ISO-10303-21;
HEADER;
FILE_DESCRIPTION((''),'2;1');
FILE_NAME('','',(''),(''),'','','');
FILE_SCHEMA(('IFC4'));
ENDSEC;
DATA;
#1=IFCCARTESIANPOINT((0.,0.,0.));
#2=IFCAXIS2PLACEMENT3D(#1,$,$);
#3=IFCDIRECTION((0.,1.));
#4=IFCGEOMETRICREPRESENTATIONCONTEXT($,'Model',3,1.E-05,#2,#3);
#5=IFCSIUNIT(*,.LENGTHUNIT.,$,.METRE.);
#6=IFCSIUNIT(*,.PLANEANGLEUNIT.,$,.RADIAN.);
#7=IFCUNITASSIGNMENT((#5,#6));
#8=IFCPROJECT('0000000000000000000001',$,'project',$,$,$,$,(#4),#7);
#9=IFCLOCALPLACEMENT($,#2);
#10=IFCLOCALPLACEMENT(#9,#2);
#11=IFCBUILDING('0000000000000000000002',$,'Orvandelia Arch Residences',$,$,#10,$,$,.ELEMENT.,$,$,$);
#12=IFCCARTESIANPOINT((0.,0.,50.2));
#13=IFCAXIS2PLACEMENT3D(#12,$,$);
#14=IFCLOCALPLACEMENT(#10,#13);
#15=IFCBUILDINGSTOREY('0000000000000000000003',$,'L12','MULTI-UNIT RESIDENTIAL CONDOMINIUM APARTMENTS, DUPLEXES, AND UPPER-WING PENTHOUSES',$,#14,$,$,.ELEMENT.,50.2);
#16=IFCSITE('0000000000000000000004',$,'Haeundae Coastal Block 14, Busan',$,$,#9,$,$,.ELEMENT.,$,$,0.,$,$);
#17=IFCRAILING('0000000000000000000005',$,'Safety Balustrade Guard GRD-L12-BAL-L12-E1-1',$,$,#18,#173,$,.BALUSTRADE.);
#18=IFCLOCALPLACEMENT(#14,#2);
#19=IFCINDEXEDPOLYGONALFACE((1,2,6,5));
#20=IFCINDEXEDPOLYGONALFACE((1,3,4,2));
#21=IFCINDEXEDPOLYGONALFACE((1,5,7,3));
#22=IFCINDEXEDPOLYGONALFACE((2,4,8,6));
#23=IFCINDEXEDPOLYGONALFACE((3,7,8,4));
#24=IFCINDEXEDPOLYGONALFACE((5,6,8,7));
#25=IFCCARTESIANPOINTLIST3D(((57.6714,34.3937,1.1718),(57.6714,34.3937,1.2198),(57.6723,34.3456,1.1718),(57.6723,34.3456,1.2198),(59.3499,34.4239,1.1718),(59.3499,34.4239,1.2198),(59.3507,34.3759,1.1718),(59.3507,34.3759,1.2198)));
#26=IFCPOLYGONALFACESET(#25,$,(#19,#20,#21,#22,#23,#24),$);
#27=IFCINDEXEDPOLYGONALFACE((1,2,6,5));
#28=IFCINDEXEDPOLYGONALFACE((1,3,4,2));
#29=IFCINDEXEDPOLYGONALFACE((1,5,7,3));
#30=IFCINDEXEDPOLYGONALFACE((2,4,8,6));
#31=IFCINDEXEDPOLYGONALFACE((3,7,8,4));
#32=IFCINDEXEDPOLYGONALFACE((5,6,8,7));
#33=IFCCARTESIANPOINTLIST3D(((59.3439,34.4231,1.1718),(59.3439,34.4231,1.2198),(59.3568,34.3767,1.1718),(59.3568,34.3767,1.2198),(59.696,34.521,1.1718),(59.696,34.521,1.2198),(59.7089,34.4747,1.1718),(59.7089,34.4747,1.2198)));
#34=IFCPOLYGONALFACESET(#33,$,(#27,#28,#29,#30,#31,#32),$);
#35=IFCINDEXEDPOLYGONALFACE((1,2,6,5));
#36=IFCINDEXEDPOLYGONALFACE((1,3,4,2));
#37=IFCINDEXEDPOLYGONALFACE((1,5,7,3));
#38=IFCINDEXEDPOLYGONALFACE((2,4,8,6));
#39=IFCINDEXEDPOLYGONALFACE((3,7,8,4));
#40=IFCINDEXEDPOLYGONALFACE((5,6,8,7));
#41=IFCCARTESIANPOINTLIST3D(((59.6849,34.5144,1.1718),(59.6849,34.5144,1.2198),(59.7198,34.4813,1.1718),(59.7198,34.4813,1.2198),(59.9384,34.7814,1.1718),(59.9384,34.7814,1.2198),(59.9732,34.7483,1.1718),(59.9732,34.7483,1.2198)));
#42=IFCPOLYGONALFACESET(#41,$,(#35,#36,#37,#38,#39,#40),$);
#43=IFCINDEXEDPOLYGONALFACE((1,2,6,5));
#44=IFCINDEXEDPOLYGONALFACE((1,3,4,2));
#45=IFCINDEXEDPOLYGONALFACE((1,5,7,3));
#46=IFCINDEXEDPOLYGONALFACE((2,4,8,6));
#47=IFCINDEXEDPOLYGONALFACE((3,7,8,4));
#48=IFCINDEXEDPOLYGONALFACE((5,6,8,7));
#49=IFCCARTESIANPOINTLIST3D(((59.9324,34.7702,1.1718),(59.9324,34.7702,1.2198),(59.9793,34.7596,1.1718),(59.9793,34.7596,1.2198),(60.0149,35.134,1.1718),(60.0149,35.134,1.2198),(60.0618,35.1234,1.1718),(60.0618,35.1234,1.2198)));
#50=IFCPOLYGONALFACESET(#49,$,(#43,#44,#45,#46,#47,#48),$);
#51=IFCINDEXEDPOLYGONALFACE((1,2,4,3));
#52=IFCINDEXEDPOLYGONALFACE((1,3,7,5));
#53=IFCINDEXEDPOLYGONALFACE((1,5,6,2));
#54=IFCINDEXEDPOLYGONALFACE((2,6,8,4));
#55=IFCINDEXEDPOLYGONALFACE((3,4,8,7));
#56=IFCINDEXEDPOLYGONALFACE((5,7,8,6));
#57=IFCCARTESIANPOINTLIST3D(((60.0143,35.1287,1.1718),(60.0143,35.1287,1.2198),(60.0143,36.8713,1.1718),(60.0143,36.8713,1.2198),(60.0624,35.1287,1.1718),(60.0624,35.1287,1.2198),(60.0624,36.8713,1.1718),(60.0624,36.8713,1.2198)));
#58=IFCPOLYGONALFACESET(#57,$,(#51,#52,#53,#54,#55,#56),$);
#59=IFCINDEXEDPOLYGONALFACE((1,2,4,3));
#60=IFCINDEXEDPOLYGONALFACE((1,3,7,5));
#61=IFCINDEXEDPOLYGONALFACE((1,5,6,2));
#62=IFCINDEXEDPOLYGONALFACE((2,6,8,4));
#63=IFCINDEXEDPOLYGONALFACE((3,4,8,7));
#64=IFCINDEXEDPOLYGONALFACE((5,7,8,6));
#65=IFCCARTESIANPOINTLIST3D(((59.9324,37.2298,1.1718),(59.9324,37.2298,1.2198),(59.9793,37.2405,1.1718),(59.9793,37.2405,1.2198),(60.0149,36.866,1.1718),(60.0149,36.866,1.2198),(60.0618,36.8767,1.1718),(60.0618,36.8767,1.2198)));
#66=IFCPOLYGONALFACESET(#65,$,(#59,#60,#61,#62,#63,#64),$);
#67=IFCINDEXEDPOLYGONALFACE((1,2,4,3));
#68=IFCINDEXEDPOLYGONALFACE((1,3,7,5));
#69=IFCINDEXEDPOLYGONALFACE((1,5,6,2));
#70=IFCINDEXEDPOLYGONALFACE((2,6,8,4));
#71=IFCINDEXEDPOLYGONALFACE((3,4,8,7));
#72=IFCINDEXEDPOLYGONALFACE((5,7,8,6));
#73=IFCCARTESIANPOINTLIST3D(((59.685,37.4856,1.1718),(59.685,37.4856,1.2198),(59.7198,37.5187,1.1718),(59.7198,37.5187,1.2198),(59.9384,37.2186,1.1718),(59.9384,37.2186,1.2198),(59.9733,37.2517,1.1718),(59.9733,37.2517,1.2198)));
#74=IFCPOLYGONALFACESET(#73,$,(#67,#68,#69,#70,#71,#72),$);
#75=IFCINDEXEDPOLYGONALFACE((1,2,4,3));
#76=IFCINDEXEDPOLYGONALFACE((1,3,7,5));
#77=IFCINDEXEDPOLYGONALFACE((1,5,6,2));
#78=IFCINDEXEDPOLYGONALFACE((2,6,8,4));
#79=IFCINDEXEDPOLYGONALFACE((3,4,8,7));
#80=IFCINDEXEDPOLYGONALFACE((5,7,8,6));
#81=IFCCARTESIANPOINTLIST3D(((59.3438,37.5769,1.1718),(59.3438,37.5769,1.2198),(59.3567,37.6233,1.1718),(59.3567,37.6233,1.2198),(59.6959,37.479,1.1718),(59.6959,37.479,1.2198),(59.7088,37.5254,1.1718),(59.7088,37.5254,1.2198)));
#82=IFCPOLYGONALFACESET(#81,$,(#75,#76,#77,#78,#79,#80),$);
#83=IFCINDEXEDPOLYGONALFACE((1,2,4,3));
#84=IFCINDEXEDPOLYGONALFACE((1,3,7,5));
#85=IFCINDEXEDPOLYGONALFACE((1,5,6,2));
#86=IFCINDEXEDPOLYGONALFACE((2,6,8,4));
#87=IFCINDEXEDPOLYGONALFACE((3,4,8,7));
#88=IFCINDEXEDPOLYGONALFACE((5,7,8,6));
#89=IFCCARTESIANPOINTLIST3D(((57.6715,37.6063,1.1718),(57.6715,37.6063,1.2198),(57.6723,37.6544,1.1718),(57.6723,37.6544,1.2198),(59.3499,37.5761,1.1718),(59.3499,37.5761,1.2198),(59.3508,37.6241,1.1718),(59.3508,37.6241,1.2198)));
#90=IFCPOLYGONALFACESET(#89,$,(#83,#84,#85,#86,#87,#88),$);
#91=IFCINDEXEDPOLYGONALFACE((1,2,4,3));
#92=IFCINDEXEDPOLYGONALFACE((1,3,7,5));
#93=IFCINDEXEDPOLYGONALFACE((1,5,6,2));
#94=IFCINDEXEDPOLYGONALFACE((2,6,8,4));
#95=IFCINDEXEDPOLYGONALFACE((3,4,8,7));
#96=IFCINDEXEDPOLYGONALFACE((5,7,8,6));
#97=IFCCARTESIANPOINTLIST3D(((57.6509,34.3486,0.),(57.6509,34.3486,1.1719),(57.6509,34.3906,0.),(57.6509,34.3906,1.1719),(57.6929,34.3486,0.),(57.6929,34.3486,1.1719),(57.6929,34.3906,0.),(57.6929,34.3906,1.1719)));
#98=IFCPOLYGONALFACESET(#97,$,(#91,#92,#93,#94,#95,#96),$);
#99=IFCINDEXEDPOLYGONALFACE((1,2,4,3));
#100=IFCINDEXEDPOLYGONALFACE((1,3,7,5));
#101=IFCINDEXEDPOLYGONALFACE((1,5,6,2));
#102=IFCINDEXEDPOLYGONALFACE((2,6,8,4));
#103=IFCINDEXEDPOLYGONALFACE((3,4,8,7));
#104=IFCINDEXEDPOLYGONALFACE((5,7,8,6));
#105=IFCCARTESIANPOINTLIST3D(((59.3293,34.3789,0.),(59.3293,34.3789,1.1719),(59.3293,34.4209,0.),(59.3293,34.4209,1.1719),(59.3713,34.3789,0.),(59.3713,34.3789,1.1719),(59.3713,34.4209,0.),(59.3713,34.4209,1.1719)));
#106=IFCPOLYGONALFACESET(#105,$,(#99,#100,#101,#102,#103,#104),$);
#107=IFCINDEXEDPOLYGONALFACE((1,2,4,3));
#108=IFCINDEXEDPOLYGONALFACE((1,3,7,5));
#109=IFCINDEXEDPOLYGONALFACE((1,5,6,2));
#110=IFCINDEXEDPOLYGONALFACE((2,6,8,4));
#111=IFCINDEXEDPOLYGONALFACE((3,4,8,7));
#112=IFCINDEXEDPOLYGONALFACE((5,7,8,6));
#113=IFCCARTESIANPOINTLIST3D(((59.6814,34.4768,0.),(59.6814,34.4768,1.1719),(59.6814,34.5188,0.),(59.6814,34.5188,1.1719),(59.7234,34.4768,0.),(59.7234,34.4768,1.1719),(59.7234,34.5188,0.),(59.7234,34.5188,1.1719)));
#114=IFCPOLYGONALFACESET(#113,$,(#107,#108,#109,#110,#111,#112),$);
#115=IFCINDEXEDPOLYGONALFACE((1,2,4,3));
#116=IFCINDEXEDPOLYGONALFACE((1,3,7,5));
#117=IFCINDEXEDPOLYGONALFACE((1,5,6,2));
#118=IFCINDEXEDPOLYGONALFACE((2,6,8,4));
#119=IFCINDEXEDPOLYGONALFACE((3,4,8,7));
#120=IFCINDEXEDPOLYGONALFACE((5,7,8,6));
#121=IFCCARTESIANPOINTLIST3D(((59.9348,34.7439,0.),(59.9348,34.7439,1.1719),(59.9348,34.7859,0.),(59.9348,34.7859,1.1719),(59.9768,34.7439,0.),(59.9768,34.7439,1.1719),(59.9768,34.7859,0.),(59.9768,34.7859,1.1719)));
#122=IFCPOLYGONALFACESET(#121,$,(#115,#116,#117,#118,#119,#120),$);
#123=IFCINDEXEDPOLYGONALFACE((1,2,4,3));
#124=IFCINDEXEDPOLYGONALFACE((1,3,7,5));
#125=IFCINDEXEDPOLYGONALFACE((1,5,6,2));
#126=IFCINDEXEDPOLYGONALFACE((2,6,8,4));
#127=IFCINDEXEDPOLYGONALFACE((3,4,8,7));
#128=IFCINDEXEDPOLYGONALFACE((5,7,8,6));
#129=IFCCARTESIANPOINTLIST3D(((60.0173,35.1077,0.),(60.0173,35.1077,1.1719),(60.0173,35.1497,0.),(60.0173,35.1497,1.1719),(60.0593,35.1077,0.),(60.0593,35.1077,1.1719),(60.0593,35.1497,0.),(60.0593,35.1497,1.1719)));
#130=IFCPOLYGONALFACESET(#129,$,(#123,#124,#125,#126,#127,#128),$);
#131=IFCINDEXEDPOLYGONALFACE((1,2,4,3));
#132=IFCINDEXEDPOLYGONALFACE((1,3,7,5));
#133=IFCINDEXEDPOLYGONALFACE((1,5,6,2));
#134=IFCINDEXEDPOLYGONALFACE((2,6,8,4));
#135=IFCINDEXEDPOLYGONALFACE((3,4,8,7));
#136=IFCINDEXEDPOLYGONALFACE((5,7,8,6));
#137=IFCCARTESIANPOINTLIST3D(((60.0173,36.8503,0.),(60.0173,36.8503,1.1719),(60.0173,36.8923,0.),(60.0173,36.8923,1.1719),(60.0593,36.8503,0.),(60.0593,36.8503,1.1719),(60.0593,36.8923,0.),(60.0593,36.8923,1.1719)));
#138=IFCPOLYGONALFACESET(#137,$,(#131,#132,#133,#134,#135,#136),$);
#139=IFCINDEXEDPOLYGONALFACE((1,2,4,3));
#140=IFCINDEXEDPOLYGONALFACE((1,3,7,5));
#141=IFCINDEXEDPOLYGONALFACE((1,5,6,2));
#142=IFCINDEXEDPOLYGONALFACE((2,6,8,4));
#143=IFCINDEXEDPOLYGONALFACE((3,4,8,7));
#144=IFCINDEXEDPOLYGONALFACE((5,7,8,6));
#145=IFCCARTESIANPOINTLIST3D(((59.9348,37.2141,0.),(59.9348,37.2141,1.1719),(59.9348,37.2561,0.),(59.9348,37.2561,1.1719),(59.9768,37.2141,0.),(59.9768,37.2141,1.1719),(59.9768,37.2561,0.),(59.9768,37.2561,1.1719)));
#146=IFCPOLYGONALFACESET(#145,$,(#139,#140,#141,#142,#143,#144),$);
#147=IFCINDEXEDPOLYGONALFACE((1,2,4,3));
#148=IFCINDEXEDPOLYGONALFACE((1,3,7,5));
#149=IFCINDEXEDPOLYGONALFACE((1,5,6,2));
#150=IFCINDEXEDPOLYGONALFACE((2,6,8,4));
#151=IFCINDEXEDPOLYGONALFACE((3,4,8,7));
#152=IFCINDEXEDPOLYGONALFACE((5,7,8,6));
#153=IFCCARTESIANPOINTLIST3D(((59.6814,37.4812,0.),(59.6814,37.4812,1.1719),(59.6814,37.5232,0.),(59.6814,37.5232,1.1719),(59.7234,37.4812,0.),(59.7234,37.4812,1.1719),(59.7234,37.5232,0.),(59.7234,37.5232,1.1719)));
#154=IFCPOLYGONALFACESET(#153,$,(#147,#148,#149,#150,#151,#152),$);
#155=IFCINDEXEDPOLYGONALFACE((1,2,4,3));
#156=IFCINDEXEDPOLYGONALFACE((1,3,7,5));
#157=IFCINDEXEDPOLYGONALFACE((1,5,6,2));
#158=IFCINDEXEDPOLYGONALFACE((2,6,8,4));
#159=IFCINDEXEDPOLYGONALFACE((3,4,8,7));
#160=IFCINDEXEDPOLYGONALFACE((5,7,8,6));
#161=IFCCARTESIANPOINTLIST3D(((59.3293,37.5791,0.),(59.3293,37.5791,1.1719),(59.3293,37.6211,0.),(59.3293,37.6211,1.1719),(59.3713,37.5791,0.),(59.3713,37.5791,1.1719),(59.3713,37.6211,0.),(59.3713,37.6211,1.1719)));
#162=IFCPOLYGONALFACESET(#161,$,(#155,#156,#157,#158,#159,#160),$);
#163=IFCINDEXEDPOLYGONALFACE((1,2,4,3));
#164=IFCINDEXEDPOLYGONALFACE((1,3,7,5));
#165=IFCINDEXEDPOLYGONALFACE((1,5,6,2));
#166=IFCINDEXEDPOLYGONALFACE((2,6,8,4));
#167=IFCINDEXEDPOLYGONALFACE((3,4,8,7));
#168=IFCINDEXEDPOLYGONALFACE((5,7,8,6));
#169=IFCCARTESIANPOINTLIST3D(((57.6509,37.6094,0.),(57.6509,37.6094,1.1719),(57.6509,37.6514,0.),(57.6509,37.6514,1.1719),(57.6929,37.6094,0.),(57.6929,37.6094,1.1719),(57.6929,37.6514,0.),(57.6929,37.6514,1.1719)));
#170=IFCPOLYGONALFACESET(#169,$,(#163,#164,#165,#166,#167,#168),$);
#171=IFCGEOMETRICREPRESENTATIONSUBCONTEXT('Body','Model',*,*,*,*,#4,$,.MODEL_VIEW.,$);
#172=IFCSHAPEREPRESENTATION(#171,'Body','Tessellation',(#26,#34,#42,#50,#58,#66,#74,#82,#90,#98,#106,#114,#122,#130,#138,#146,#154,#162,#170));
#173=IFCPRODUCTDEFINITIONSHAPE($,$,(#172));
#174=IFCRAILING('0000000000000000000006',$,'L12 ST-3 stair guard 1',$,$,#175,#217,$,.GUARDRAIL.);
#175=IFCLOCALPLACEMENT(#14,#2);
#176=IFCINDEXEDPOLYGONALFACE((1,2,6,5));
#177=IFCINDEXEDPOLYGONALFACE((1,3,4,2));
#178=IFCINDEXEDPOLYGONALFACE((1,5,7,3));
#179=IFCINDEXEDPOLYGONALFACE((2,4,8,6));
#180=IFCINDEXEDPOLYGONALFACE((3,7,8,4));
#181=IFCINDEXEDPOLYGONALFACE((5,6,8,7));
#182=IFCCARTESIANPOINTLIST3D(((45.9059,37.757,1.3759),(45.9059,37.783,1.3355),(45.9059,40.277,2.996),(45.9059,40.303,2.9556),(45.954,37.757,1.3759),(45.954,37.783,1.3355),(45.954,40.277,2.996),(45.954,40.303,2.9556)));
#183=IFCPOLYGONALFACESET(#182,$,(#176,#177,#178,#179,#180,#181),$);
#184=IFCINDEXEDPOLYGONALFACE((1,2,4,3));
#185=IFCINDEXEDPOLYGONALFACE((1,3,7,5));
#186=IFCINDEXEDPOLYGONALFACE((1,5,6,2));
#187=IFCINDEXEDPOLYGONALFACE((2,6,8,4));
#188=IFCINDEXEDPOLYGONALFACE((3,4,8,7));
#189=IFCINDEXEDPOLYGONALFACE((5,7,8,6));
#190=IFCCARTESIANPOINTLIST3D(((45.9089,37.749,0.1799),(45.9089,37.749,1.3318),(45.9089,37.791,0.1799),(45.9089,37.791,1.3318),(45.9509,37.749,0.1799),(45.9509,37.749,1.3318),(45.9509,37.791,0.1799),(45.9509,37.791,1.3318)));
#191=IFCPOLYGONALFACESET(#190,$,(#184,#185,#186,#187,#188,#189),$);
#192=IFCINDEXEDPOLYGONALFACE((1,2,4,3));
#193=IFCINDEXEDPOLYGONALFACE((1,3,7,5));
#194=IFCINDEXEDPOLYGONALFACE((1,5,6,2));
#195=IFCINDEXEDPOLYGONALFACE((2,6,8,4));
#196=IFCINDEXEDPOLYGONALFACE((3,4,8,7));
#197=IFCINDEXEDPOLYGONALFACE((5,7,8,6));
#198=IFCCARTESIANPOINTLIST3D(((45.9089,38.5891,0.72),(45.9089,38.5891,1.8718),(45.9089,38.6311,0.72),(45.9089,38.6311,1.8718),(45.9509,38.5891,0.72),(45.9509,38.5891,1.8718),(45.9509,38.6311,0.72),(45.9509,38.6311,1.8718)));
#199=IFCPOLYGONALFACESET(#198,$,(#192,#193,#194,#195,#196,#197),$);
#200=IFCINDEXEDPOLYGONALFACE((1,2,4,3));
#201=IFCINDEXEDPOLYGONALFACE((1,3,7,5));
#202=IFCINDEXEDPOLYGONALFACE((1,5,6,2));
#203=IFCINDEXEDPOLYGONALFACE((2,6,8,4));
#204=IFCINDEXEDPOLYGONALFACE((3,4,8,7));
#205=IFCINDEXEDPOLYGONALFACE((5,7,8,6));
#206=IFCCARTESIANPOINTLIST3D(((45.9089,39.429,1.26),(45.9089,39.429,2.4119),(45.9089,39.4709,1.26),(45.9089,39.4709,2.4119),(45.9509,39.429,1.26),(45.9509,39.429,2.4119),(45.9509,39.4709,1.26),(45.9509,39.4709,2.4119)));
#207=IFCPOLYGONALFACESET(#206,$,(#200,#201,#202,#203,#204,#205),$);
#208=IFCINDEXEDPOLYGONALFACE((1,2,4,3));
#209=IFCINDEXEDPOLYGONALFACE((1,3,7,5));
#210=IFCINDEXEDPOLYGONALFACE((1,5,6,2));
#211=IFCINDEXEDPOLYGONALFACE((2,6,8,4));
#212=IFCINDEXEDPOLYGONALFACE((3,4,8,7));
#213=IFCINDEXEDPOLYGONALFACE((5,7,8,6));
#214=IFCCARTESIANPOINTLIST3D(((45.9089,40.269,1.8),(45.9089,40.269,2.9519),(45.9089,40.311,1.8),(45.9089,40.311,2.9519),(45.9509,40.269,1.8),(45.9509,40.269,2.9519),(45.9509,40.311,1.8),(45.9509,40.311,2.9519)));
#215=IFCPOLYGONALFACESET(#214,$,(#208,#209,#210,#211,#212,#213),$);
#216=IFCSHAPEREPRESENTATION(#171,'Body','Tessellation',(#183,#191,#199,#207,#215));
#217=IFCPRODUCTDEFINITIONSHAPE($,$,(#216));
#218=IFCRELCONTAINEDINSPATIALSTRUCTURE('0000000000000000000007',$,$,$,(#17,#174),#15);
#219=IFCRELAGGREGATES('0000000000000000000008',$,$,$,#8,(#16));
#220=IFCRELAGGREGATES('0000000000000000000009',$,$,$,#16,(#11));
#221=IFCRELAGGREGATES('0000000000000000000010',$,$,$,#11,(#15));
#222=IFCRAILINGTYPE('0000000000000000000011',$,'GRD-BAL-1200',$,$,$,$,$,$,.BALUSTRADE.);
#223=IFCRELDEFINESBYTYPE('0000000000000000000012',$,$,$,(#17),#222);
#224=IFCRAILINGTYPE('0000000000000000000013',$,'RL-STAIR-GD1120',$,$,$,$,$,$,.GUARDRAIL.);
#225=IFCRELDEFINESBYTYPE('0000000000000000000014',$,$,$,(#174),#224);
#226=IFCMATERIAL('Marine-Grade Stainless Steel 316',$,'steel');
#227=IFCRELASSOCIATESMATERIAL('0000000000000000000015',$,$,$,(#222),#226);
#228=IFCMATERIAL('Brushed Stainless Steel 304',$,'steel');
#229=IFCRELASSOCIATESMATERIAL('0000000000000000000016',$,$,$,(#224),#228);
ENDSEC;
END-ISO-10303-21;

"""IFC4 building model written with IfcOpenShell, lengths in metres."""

from ifc_helpers import new_model, si_unit, direction, frame, origin, origin_2d, place, context, subcontext, project, spatial, rectangle, extrude, material, type_object, element, save


model = new_model("IFC4")

# Units and contexts
model_context = context("Model", 3, precision=1e-05, world=origin(), true_north=direction((0.0, 1.0)))
body_context = subcontext(model_context, "Body", "Model", "MODEL_VIEW")
ifc_project = project(units=[si_unit("LENGTHUNIT", "METRE"), si_unit("PLANEANGLEUNIT", "RADIAN")], contexts=[model_context])

# Site, building, storey
site_placement = place(None, origin())
site = spatial("IfcSite", under=ifc_project, at=site_placement, Name="Haeundae Coastal Block 14, Busan", CompositionType="ELEMENT", RefElevation=0.0)
building_placement = place(site_placement, origin())
building = spatial("IfcBuilding", under=site, at=building_placement, Name="Orvandelia Arch Residences", CompositionType="ELEMENT")
storey_placement = place(building_placement, frame((0.0, 0.0, 50.2)))
storey = spatial("IfcBuildingStorey", under=building, at=storey_placement, Name="L12", Description="MULTI-UNIT RESIDENTIAL CONDOMINIUM APARTMENTS, DUPLEXES, AND UPPER-WING PENTHOUSES", CompositionType="ELEMENT", Elevation=50.2)

# Railings
ifc_material_1 = material(Name="Marine-Grade Stainless Steel 316", Category="steel")
railing_type_1 = type_object("IfcRailingType", Name="GRD-BAL-1200", PredefinedType="BALUSTRADE", material=ifc_material_1)
railing_1_placement = place(storey_placement, frame((57.6719, 34.3696, 0.0)))
element("IfcRailing", 1, at=railing_1_placement, inside=storey, type_object=railing_type_1, Name="Safety Balustrade Guard GRD-L12-BAL-L12-E1-1", PredefinedType="BALUSTRADE", context=body_context, shape_type="SweptSolid", body=[
    extrude(rectangle(XDim=0.0481, YDim=0.0481, at=origin_2d()), frame((0.0, 0.0, 1.1958), z_axis=(0.999837, 0.018033, 0.0), x_axis=(-0.018033, 0.999837, 0.0)), (0.0, 0.0, 1.0), 1.6787),
    extrude(rectangle(XDim=0.0481, YDim=0.0481, at=origin_2d()), frame((1.6785, 0.0303, 1.1958), z_axis=(0.963441, 0.26792, 0.0), x_axis=(-0.26792, 0.963441, 0.0)), (0.0, 0.0, 1.0), 0.3655),
    extrude(rectangle(XDim=0.0481, YDim=0.0481, at=origin_2d()), frame((2.0305, 0.1282, 1.1958), z_axis=(0.688296, 0.72543, 0.0), x_axis=(-0.72543, 0.688296, 0.0)), (0.0, 0.0, 1.0), 0.3682),
    extrude(rectangle(XDim=0.0481, YDim=0.0481, at=origin_2d()), frame((2.2839, 0.3953, 1.1958), z_axis=(0.221225, 0.975223, 0.0), x_axis=(-0.975223, 0.221225, 0.0)), (0.0, 0.0, 1.0), 0.373),
    extrude(rectangle(XDim=0.0481, YDim=0.0481, at=origin_2d()), frame((2.3665, 0.759, 1.1958), z_axis=(0.0, 1.0, 0.0), x_axis=(-1.0, 0.0, 0.0)), (0.0, 0.0, 1.0), 1.7427),
    extrude(rectangle(XDim=0.0481, YDim=0.0481, at=origin_2d()), frame((2.3665, 2.5017, 1.1958), z_axis=(-0.221225, 0.975223, 0.0), x_axis=(-0.975223, -0.221225, 0.0)), (0.0, 0.0, 1.0), 0.373),
    extrude(rectangle(XDim=0.0481, YDim=0.0481, at=origin_2d()), frame((2.2839, 2.8655, 1.1958), z_axis=(-0.688296, 0.72543, 0.0), x_axis=(-0.72543, -0.688296, 0.0)), (0.0, 0.0, 1.0), 0.3682),
    extrude(rectangle(XDim=0.0481, YDim=0.0481, at=origin_2d()), frame((2.0305, 3.1326, 1.1958), z_axis=(-0.963441, 0.26792, 0.0), x_axis=(-0.26792, -0.963441, 0.0)), (0.0, 0.0, 1.0), 0.3655),
    extrude(rectangle(XDim=0.0481, YDim=0.0481, at=origin_2d()), frame((1.6785, 3.2305, 1.1958), z_axis=(-0.999837, 0.018033, 0.0), x_axis=(-0.018033, -0.999837, 0.0)), (0.0, 0.0, 1.0), 1.6787),
    extrude(rectangle(XDim=0.042, YDim=0.042, at=origin_2d()), origin(), (0.0, 0.0, 1.0), 1.1719),
    extrude(rectangle(XDim=0.042, YDim=0.042, at=origin_2d()), frame((1.6785, 0.0303, 0.0)), (0.0, 0.0, 1.0), 1.1719),
    extrude(rectangle(XDim=0.042, YDim=0.042, at=origin_2d()), frame((2.0305, 0.1282, 0.0)), (0.0, 0.0, 1.0), 1.1719),
    extrude(rectangle(XDim=0.042, YDim=0.042, at=origin_2d()), frame((2.2839, 0.3953, 0.0)), (0.0, 0.0, 1.0), 1.1719),
    extrude(rectangle(XDim=0.042, YDim=0.042, at=origin_2d()), frame((2.3665, 0.759, 0.0)), (0.0, 0.0, 1.0), 1.1719),
    extrude(rectangle(XDim=0.042, YDim=0.042, at=origin_2d()), frame((2.3665, 2.5017, 0.0)), (0.0, 0.0, 1.0), 1.1719),
    extrude(rectangle(XDim=0.042, YDim=0.042, at=origin_2d()), frame((2.2839, 2.8655, 0.0)), (0.0, 0.0, 1.0), 1.1719),
    extrude(rectangle(XDim=0.042, YDim=0.042, at=origin_2d()), frame((2.0305, 3.1326, 0.0)), (0.0, 0.0, 1.0), 1.1719),
    extrude(rectangle(XDim=0.042, YDim=0.042, at=origin_2d()), frame((1.6785, 3.2305, 0.0)), (0.0, 0.0, 1.0), 1.1719),
    extrude(rectangle(XDim=0.042, YDim=0.042, at=origin_2d()), frame((0.0, 3.2607, 0.0)), (0.0, 0.0, 1.0), 1.1719),
])
ifc_material_2 = material(Name="Brushed Stainless Steel 304", Category="steel")
railing_type_2 = type_object("IfcRailingType", Name="RL-STAIR-GD1120", PredefinedType="GUARDRAIL", material=ifc_material_2)
railing_2_placement = place(storey_placement, frame((45.9299, 37.77, 0.1799)))
element("IfcRailing", 2, at=railing_2_placement, inside=storey, type_object=railing_type_2, Name="L12 ST-3 stair guard 1", PredefinedType="GUARDRAIL", context=body_context, shape_type="SweptSolid", body=[
    extrude(rectangle(XDim=0.0481, YDim=0.0481, at=origin_2d()), frame((0.0, 0.0, 1.1758), z_axis=(0.0, 0.841163, 0.540782), x_axis=(-1.0, 0.0, 0.0)), (0.0, 0.0, 1.0), 2.9958),
    extrude(rectangle(XDim=0.042, YDim=0.042, at=origin_2d()), origin(), (0.0, 0.0, 1.0), 1.1519),
    extrude(rectangle(XDim=0.042, YDim=0.042, at=origin_2d()), frame((0.0, 0.8401, 0.54)), (0.0, 0.0, 1.0), 1.1519),
    extrude(rectangle(XDim=0.042, YDim=0.042, at=origin_2d()), frame((0.0, 1.6799, 1.0801)), (0.0, 0.0, 1.0), 1.1519),
    extrude(rectangle(XDim=0.042, YDim=0.042, at=origin_2d()), frame((0.0, 2.52, 1.6201)), (0.0, 0.0, 1.0), 1.1519),
])

save(model, "model.ifc")
